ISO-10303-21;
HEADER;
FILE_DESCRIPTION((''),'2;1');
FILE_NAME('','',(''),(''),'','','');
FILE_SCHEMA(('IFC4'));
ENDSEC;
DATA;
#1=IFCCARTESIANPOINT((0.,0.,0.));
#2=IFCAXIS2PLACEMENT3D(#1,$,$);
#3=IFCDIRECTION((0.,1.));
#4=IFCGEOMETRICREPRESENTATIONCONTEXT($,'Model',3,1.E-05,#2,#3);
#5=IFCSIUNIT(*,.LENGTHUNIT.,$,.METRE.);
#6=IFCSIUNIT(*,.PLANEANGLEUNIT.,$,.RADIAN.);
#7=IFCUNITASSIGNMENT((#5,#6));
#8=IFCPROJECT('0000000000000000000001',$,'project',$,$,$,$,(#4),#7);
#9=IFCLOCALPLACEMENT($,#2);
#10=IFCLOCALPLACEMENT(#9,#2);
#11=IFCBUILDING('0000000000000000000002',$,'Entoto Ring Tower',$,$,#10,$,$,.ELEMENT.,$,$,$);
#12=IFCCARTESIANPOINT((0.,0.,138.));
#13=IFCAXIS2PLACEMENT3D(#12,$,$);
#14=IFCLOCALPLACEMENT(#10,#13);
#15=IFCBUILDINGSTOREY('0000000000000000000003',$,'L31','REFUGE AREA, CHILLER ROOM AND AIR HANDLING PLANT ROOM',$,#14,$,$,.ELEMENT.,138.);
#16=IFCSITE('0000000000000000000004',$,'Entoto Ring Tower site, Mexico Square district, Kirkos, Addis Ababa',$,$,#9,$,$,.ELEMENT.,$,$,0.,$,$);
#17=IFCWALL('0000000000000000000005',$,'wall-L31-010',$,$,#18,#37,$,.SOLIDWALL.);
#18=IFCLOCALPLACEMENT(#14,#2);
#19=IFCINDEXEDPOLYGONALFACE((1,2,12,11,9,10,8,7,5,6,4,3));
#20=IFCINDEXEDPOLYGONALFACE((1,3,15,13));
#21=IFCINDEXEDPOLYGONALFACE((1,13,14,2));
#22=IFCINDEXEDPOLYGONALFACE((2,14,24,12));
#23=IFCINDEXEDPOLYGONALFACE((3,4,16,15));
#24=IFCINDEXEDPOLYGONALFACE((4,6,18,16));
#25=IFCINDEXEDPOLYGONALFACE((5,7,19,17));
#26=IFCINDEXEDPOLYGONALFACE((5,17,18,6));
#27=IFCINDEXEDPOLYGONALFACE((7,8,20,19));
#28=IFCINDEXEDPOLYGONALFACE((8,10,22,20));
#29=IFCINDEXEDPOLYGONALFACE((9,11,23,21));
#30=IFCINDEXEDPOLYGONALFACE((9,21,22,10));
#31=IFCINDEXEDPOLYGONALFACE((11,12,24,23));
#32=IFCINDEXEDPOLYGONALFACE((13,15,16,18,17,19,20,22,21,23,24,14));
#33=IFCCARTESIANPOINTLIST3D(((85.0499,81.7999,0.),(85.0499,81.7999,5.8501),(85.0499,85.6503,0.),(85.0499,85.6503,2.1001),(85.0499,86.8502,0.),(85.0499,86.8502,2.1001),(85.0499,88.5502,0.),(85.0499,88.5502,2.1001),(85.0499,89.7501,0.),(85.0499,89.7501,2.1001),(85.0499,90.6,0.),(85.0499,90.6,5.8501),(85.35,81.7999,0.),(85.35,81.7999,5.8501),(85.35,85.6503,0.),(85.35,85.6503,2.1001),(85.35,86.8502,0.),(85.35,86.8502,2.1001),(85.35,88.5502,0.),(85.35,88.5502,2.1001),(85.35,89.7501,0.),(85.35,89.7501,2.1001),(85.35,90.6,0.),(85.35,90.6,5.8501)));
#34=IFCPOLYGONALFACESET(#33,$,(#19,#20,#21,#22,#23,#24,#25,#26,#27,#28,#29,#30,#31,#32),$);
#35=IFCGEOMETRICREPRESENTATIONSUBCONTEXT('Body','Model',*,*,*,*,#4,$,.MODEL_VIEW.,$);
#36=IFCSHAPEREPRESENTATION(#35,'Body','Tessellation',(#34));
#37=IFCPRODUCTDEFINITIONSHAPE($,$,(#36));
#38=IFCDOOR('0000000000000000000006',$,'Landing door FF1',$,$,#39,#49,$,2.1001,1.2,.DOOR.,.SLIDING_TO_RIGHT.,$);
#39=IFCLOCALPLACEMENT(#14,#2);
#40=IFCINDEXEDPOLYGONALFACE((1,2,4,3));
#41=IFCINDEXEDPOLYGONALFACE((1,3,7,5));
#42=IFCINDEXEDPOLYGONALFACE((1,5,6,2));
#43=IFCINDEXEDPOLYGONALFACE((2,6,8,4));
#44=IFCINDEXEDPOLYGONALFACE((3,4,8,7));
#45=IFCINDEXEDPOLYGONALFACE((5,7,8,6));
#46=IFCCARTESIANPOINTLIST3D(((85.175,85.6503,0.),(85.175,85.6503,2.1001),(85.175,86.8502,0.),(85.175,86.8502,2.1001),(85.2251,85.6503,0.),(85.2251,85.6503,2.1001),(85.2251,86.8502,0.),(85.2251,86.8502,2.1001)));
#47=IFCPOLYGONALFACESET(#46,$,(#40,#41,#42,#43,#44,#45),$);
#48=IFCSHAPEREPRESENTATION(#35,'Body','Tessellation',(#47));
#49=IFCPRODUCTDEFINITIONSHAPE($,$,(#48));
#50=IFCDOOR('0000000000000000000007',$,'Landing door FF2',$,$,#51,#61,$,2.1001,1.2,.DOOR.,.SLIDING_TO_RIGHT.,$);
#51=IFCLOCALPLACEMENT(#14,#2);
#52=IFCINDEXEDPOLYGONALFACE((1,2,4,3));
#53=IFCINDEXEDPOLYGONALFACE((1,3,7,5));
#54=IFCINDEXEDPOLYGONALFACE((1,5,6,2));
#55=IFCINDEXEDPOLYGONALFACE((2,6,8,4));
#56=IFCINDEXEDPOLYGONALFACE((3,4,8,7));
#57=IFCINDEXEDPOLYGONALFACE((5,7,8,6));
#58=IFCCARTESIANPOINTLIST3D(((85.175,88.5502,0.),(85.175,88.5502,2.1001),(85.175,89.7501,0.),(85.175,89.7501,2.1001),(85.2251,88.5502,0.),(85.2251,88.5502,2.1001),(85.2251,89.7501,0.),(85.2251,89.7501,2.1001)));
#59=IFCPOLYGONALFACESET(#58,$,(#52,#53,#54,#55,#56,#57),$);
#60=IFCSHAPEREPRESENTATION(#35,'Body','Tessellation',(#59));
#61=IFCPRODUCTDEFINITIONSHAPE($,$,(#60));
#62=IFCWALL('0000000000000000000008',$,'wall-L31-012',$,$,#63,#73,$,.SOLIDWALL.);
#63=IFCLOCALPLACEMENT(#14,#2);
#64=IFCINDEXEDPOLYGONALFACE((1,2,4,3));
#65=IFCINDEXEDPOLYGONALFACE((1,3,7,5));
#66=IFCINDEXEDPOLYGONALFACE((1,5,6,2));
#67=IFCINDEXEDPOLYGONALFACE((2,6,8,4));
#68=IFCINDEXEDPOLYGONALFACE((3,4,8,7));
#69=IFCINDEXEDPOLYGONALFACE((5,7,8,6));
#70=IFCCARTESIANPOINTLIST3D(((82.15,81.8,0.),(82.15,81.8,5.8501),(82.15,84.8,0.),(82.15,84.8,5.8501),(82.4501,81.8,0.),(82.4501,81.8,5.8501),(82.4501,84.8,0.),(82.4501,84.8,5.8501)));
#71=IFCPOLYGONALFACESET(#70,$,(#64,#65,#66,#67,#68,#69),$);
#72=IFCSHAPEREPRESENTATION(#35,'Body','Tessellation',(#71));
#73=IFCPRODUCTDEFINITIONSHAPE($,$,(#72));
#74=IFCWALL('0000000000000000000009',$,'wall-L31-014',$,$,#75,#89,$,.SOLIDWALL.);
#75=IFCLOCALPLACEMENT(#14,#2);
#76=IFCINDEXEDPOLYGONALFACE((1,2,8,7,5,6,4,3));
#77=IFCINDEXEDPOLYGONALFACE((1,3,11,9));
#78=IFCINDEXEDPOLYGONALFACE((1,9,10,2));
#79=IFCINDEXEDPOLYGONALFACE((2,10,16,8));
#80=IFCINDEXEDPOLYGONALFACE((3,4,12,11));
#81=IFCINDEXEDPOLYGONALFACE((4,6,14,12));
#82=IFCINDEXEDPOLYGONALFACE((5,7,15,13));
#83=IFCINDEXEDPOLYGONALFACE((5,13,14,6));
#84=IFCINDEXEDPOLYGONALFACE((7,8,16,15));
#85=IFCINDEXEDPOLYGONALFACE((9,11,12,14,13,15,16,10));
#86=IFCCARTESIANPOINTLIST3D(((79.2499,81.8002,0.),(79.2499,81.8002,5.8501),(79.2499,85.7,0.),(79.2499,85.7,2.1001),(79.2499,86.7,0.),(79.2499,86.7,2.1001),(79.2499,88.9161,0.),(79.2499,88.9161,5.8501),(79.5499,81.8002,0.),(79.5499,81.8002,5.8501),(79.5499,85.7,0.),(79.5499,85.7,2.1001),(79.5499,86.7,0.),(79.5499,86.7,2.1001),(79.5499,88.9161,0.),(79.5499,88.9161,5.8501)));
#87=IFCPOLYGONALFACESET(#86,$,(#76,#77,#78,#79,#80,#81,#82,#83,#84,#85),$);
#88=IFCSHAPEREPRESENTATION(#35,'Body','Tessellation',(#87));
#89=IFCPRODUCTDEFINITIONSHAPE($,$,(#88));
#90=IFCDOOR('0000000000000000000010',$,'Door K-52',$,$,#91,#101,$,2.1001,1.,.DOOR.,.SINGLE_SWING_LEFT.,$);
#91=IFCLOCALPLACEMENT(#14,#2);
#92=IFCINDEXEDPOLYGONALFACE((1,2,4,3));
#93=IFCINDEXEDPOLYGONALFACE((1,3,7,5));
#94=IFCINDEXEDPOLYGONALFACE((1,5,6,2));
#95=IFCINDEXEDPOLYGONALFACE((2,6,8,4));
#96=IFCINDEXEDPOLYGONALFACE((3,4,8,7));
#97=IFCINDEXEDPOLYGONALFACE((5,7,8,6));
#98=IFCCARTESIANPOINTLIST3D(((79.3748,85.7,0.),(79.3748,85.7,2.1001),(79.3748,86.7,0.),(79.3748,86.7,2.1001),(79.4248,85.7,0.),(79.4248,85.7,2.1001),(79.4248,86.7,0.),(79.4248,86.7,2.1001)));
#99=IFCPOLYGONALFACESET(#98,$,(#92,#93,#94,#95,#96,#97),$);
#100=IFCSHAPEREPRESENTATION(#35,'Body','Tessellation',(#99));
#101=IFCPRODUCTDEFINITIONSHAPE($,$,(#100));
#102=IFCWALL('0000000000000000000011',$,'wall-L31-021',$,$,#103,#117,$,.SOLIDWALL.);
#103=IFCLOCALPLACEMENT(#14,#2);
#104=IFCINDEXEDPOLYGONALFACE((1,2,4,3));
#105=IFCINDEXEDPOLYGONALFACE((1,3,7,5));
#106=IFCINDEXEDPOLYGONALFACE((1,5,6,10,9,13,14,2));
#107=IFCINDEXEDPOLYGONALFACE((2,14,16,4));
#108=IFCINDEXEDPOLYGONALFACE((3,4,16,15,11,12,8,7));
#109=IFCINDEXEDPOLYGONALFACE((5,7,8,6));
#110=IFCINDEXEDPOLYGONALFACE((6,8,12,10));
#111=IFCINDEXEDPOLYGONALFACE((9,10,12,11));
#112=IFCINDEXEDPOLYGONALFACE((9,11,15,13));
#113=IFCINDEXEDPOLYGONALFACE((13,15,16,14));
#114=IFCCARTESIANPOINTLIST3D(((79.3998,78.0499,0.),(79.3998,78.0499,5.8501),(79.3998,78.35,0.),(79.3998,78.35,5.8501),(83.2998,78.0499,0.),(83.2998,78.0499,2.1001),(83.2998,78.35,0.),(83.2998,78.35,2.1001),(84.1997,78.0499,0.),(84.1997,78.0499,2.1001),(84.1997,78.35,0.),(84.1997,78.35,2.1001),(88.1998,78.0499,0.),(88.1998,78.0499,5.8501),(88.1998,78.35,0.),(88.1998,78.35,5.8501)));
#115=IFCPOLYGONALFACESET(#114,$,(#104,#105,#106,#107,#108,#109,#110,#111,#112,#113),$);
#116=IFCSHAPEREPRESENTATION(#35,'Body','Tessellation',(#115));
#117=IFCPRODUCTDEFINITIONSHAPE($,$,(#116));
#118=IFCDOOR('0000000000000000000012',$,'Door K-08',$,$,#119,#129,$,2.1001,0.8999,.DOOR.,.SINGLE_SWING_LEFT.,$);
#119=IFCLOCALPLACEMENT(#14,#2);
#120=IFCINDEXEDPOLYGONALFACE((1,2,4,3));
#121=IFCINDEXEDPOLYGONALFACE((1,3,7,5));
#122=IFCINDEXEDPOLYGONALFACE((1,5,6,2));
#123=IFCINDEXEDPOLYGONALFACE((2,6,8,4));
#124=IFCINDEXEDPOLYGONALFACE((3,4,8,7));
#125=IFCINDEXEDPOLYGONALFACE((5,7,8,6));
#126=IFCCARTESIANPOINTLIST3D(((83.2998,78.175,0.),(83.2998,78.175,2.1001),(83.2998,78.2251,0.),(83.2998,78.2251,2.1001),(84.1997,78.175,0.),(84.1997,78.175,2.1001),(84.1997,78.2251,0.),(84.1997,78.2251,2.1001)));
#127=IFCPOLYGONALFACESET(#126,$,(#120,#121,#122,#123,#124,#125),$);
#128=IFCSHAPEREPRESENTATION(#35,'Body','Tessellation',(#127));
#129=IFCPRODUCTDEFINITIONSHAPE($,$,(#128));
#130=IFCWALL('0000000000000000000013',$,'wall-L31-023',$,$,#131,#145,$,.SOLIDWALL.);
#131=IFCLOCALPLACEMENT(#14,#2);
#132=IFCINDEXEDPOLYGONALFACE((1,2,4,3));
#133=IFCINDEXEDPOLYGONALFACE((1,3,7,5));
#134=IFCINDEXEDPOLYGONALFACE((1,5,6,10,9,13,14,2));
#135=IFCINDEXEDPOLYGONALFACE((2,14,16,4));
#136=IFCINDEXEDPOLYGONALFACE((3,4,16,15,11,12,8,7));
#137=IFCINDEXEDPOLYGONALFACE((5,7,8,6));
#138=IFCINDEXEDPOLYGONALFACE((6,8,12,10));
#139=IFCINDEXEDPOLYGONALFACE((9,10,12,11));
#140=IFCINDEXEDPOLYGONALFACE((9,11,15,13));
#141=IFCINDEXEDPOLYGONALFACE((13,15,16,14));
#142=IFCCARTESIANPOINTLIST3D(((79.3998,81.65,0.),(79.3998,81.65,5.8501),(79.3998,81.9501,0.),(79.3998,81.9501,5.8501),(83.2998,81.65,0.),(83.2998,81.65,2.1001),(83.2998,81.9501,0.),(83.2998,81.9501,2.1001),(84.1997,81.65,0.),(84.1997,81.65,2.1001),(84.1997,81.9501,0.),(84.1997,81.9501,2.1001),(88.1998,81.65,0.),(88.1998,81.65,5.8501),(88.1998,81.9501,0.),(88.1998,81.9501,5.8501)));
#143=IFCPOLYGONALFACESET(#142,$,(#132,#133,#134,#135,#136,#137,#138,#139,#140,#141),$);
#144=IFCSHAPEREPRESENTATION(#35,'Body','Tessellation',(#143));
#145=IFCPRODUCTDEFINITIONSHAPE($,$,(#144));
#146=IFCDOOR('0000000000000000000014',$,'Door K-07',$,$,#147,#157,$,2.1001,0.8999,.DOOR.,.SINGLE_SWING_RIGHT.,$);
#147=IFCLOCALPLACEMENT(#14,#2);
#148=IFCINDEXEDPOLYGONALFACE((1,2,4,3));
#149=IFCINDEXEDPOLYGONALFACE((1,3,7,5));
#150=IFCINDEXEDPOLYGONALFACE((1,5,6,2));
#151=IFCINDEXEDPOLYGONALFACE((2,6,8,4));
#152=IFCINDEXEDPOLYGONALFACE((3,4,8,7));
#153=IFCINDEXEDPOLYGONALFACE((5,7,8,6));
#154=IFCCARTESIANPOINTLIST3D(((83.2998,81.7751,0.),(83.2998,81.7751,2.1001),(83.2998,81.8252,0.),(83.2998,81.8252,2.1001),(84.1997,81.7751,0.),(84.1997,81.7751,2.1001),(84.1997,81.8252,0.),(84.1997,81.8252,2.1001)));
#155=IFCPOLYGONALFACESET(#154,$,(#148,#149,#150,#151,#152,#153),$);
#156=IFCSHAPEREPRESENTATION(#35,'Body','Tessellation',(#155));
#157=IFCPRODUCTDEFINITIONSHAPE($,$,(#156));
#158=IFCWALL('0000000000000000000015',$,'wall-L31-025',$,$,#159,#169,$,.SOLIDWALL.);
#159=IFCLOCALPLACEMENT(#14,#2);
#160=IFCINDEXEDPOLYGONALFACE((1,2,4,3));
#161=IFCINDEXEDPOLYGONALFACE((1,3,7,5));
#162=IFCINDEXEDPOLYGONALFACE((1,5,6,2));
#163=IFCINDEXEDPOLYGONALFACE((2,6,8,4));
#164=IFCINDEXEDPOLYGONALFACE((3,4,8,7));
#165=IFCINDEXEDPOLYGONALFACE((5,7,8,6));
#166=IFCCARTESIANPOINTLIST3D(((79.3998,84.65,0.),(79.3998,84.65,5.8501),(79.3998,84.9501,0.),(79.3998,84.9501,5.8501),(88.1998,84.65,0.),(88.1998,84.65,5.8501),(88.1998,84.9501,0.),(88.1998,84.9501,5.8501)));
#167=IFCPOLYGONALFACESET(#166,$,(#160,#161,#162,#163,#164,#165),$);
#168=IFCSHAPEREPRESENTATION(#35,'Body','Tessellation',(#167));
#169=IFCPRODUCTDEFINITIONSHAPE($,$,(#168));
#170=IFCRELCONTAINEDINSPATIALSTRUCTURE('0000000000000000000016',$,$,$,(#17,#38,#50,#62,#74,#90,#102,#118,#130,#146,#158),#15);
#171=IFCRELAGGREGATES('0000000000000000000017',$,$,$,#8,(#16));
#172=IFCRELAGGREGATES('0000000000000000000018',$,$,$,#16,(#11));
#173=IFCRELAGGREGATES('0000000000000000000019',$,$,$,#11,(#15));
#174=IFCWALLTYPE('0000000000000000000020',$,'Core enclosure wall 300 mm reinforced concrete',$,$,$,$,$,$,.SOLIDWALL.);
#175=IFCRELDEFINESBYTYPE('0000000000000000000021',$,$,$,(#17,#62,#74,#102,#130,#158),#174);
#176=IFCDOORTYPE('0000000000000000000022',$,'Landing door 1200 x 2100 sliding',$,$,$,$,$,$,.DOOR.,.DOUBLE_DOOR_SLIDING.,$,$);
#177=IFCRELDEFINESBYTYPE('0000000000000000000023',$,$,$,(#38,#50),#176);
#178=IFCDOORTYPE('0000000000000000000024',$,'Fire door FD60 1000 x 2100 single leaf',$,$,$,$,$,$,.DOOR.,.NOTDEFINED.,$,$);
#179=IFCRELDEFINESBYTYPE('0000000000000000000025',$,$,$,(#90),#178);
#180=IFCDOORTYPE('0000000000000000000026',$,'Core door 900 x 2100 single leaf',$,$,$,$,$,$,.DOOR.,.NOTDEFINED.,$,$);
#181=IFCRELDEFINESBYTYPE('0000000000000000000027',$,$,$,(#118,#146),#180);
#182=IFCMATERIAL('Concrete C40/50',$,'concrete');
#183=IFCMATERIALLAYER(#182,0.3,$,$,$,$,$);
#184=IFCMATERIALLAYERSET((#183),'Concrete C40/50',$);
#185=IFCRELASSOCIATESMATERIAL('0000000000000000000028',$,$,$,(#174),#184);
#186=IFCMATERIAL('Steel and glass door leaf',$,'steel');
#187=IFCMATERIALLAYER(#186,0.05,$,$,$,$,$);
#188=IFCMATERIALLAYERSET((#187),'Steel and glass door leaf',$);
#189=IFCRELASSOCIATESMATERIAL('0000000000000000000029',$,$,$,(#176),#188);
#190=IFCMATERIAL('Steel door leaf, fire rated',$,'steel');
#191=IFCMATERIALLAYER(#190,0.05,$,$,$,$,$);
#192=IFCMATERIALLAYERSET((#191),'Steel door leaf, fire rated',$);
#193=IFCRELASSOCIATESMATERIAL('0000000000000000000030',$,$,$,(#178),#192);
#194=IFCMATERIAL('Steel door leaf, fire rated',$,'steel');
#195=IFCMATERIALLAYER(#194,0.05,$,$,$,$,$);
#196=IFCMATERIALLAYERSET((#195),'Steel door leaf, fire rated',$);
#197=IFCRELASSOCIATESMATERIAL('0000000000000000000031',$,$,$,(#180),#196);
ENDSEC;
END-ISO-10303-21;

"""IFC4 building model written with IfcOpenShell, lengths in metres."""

from ifc_helpers import new_model, si_unit, direction, frame, frame_2d, origin, place, context, subcontext, project, spatial, rectangle, extrude, material, layer, layer_set, type_object, element, fill, save


model = new_model("IFC4")

# Units and contexts
model_context = context("Model", 3, precision=1e-05, world=origin(), true_north=direction((0.0, 1.0)))
body_context = subcontext(model_context, "Body", "Model", "MODEL_VIEW")
ifc_project = project(units=[si_unit("LENGTHUNIT", "METRE"), si_unit("PLANEANGLEUNIT", "RADIAN")], contexts=[model_context])

# Site, building, storey
site_placement = place(None, origin())
site = spatial("IfcSite", under=ifc_project, at=site_placement, Name="Entoto Ring Tower site, Mexico Square district, Kirkos, Addis Ababa", CompositionType="ELEMENT", RefElevation=0.0)
building_placement = place(site_placement, origin())
building = spatial("IfcBuilding", under=site, at=building_placement, Name="Entoto Ring Tower", CompositionType="ELEMENT")
storey_placement = place(building_placement, frame((0.0, 0.0, 138.0)))
storey = spatial("IfcBuildingStorey", under=building, at=storey_placement, Name="L31", Description="REFUGE AREA, CHILLER ROOM AND AIR HANDLING PLANT ROOM", CompositionType="ELEMENT", Elevation=138.0)

# Wall, openings, doors
ifc_material_1 = material(Name="Concrete C40/50", Category="concrete")
ifc_layer_1 = layer(ifc_material_1, 0.3)
ifc_layer_set_1 = layer_set([ifc_layer_1], Name="Concrete C40/50")
wall_type = type_object("IfcWallType", Name="Core enclosure wall 300 mm reinforced concrete", PredefinedType="SOLIDWALL", material=ifc_layer_set_1)
wall_1_placement = place(storey_placement, frame((85.2, 81.8, 0.0), z_axis=(0.0, 0.0, 1.0), x_axis=(0.0, 1.0, 0.0)))
wall_1 = element("IfcWall", 1, at=wall_1_placement, inside=storey, type_object=wall_type, Name="wall-L31-010", PredefinedType="SOLIDWALL", context=body_context, shape_type="SweptSolid", body=[
    extrude(rectangle(XDim=8.8, YDim=0.3, at=frame_2d((4.3999, 0.0))), origin(), (0.0, 0.0, 1.0), 5.8501),
])
opening_1_placement = place(wall_1_placement, frame((3.8501, 0.0, 0.0)))
opening_1 = element("IfcOpeningElement", 2, at=opening_1_placement, cuts=wall_1, PredefinedType="OPENING", context=body_context, shape_type="SweptSolid", body=[
    extrude(rectangle(XDim=1.2, YDim=2.1001, at=frame_2d((0.6001, 1.05))), frame((0.0, 0.1602, 0.0), z_axis=(0.0, -1.0, 0.0), x_axis=(1.0, 0.0, 0.0)), (0.0, 0.0, 1.0), 0.3201),
])
opening_2_placement = place(wall_1_placement, frame((6.75, 0.0, 0.0)))
opening_2 = element("IfcOpeningElement", 3, at=opening_2_placement, cuts=wall_1, PredefinedType="OPENING", context=body_context, shape_type="SweptSolid", body=[
    extrude(rectangle(XDim=1.2, YDim=2.1001, at=frame_2d((0.6001, 1.05))), frame((0.0, 0.1602, 0.0), z_axis=(0.0, -1.0, 0.0), x_axis=(1.0, 0.0, 0.0)), (0.0, 0.0, 1.0), 0.3201),
])
ifc_material_2 = material(Name="Steel and glass door leaf", Category="steel")
ifc_layer_2 = layer(ifc_material_2, 0.05)
ifc_layer_set_2 = layer_set([ifc_layer_2], Name="Steel and glass door leaf")
door_type_1 = type_object("IfcDoorType", Name="Landing door 1200 x 2100 sliding", OperationType="DOUBLE_DOOR_SLIDING", PredefinedType="DOOR", material=ifc_layer_set_2)
door_1_placement = place(opening_1_placement, origin())
door_1 = element("IfcDoor", 4, at=door_1_placement, inside=storey, type_object=door_type_1, Name="Landing door FF1", OperationType="SLIDING_TO_RIGHT", OverallHeight=2.1001, OverallWidth=1.2, PredefinedType="DOOR", context=body_context, shape_type="SweptSolid", body=[
    extrude(rectangle(XDim=1.2, YDim=2.1001, at=frame_2d((0.6001, 1.05))), frame((0.0, 0.0249, 0.0), z_axis=(0.0, -1.0, 0.0), x_axis=(1.0, 0.0, 0.0)), (0.0, 0.0, 1.0), 0.05),
])
fill(opening_1, door_1)
door_2_placement = place(opening_2_placement, origin())
door_2 = element("IfcDoor", 5, at=door_2_placement, inside=storey, type_object=door_type_1, Name="Landing door FF2", OperationType="SLIDING_TO_RIGHT", OverallHeight=2.1001, OverallWidth=1.2, PredefinedType="DOOR", context=body_context, shape_type="SweptSolid", body=[
    extrude(rectangle(XDim=1.2, YDim=2.1001, at=frame_2d((0.6001, 1.05))), frame((0.0, 0.0249, 0.0), z_axis=(0.0, -1.0, 0.0), x_axis=(1.0, 0.0, 0.0)), (0.0, 0.0, 1.0), 0.05),
])
fill(opening_2, door_2)

# Wall
wall_2_placement = place(storey_placement, frame((82.3, 81.8, 0.0), z_axis=(0.0, 0.0, 1.0), x_axis=(0.0, 1.0, 0.0)))
element("IfcWall", 6, at=wall_2_placement, inside=storey, type_object=wall_type, Name="wall-L31-012", PredefinedType="SOLIDWALL", context=body_context, shape_type="SweptSolid", body=[
    extrude(rectangle(XDim=3.0, YDim=0.3, at=frame_2d((1.5, 0.0))), origin(), (0.0, 0.0, 1.0), 5.8501),
])

# Walls, openings, doors
wall_3_placement = place(storey_placement, frame((79.3999, 81.8, 0.0), z_axis=(0.0, 0.0, 1.0), x_axis=(0.0, 1.0, 0.0)))
wall_3 = element("IfcWall", 7, at=wall_3_placement, inside=storey, type_object=wall_type, Name="wall-L31-014", PredefinedType="SOLIDWALL", context=body_context, shape_type="SweptSolid", body=[
    extrude(rectangle(XDim=7.116, YDim=0.3, at=frame_2d((3.5581, 0.0))), origin(), (0.0, 0.0, 1.0), 5.8501),
])
opening_3_placement = place(wall_3_placement, frame((3.8999, 0.0, 0.0)))
opening_3 = element("IfcOpeningElement", 8, at=opening_3_placement, cuts=wall_3, PredefinedType="OPENING", context=body_context, shape_type="SweptSolid", body=[
    extrude(rectangle(XDim=1.0, YDim=2.1001, at=frame_2d((0.5, 1.05))), frame((0.0, 0.1602, 0.0), z_axis=(0.0, -1.0, 0.0), x_axis=(1.0, 0.0, 0.0)), (0.0, 0.0, 1.0), 0.3201),
])
ifc_material_3 = material(Name="Steel door leaf, fire rated", Category="steel")
ifc_layer_3 = layer(ifc_material_3, 0.05)
ifc_layer_set_3 = layer_set([ifc_layer_3], Name="Steel door leaf, fire rated")
door_type_2 = type_object("IfcDoorType", Name="Fire door FD60 1000 x 2100 single leaf", OperationType="NOTDEFINED", PredefinedType="DOOR", material=ifc_layer_set_3)
door_3_placement = place(opening_3_placement, frame((1.0, 0.0, 0.0), z_axis=(0.0, 0.0, 1.0), x_axis=(-1.0, 0.0, 0.0)))
door_3 = element("IfcDoor", 9, at=door_3_placement, inside=storey, type_object=door_type_2, Name="Door K-52", OperationType="SINGLE_SWING_LEFT", OverallHeight=2.1001, OverallWidth=1.0, PredefinedType="DOOR", context=body_context, shape_type="SweptSolid", body=[
    extrude(rectangle(XDim=1.0, YDim=2.1001, at=frame_2d((0.5, 1.05))), frame((0.0, 0.0249, 0.0), z_axis=(0.0, -1.0, 0.0), x_axis=(1.0, 0.0, 0.0)), (0.0, 0.0, 1.0), 0.05),
])
fill(opening_3, door_3)
wall_4_placement = place(storey_placement, frame((79.3999, 78.2, 0.0), z_axis=(0.0, 0.0, 1.0), x_axis=(1.0, 0.0, 0.0)))
wall_4 = element("IfcWall", 10, at=wall_4_placement, inside=storey, type_object=wall_type, Name="wall-L31-021", PredefinedType="SOLIDWALL", context=body_context, shape_type="SweptSolid", body=[
    extrude(rectangle(XDim=8.8, YDim=0.3, at=frame_2d((4.3999, 0.0))), origin(), (0.0, 0.0, 1.0), 5.8501),
])
opening_4_placement = place(wall_4_placement, frame((3.8999, 0.0, 0.0)))
opening_4 = element("IfcOpeningElement", 11, at=opening_4_placement, cuts=wall_4, PredefinedType="OPENING", context=body_context, shape_type="SweptSolid", body=[
    extrude(rectangle(XDim=0.8999, YDim=2.1001, at=frame_2d((0.45, 1.05))), frame((0.0, 0.1602, 0.0), z_axis=(0.0, -1.0, 0.0), x_axis=(1.0, 0.0, 0.0)), (0.0, 0.0, 1.0), 0.3201),
])
ifc_material_4 = material(Name="Steel door leaf, fire rated", Category="steel")
ifc_layer_4 = layer(ifc_material_4, 0.05)
ifc_layer_set_4 = layer_set([ifc_layer_4], Name="Steel door leaf, fire rated")
door_type_3 = type_object("IfcDoorType", Name="Core door 900 x 2100 single leaf", OperationType="NOTDEFINED", PredefinedType="DOOR", material=ifc_layer_set_4)
door_4_placement = place(opening_4_placement, frame((0.8999, 0.0, 0.0), z_axis=(0.0, 0.0, 1.0), x_axis=(-1.0, 0.0, 0.0)))
door_4 = element("IfcDoor", 12, at=door_4_placement, inside=storey, type_object=door_type_3, Name="Door K-08", OperationType="SINGLE_SWING_LEFT", OverallHeight=2.1001, OverallWidth=0.8999, PredefinedType="DOOR", context=body_context, shape_type="SweptSolid", body=[
    extrude(rectangle(XDim=0.8999, YDim=2.1001, at=frame_2d((0.45, 1.05))), frame((0.0, 0.0249, 0.0), z_axis=(0.0, -1.0, 0.0), x_axis=(1.0, 0.0, 0.0)), (0.0, 0.0, 1.0), 0.05),
])
fill(opening_4, door_4)
wall_5_placement = place(storey_placement, frame((79.3999, 81.8, 0.0), z_axis=(0.0, 0.0, 1.0), x_axis=(1.0, 0.0, 0.0)))
wall_5 = element("IfcWall", 13, at=wall_5_placement, inside=storey, type_object=wall_type, Name="wall-L31-023", PredefinedType="SOLIDWALL", context=body_context, shape_type="SweptSolid", body=[
    extrude(rectangle(XDim=8.8, YDim=0.3, at=frame_2d((4.3999, 0.0))), origin(), (0.0, 0.0, 1.0), 5.8501),
])
opening_5_placement = place(wall_5_placement, frame((3.8999, 0.0, 0.0)))
opening_5 = element("IfcOpeningElement", 14, at=opening_5_placement, cuts=wall_5, PredefinedType="OPENING", context=body_context, shape_type="SweptSolid", body=[
    extrude(rectangle(XDim=0.8999, YDim=2.1001, at=frame_2d((0.45, 1.05))), frame((0.0, 0.1602, 0.0), z_axis=(0.0, -1.0, 0.0), x_axis=(1.0, 0.0, 0.0)), (0.0, 0.0, 1.0), 0.3201),
])
door_5_placement = place(opening_5_placement, frame((0.8999, 0.0, 0.0), z_axis=(0.0, 0.0, 1.0), x_axis=(-1.0, 0.0, 0.0)))
door_5 = element("IfcDoor", 15, at=door_5_placement, inside=storey, type_object=door_type_3, Name="Door K-07", OperationType="SINGLE_SWING_RIGHT", OverallHeight=2.1001, OverallWidth=0.8999, PredefinedType="DOOR", context=body_context, shape_type="SweptSolid", body=[
    extrude(rectangle(XDim=0.8999, YDim=2.1001, at=frame_2d((0.45, 1.05))), frame((0.0, 0.0249, 0.0), z_axis=(0.0, -1.0, 0.0), x_axis=(1.0, 0.0, 0.0)), (0.0, 0.0, 1.0), 0.05),
])
fill(opening_5, door_5)

# Wall
wall_6_placement = place(storey_placement, frame((79.3999, 84.8, 0.0), z_axis=(0.0, 0.0, 1.0), x_axis=(1.0, 0.0, 0.0)))
element("IfcWall", 16, at=wall_6_placement, inside=storey, type_object=wall_type, Name="wall-L31-025", PredefinedType="SOLIDWALL", context=body_context, shape_type="SweptSolid", body=[
    extrude(rectangle(XDim=8.8, YDim=0.3, at=frame_2d((4.3999, 0.0))), origin(), (0.0, 0.0, 1.0), 5.8501),
])

save(model, "model.ifc")
